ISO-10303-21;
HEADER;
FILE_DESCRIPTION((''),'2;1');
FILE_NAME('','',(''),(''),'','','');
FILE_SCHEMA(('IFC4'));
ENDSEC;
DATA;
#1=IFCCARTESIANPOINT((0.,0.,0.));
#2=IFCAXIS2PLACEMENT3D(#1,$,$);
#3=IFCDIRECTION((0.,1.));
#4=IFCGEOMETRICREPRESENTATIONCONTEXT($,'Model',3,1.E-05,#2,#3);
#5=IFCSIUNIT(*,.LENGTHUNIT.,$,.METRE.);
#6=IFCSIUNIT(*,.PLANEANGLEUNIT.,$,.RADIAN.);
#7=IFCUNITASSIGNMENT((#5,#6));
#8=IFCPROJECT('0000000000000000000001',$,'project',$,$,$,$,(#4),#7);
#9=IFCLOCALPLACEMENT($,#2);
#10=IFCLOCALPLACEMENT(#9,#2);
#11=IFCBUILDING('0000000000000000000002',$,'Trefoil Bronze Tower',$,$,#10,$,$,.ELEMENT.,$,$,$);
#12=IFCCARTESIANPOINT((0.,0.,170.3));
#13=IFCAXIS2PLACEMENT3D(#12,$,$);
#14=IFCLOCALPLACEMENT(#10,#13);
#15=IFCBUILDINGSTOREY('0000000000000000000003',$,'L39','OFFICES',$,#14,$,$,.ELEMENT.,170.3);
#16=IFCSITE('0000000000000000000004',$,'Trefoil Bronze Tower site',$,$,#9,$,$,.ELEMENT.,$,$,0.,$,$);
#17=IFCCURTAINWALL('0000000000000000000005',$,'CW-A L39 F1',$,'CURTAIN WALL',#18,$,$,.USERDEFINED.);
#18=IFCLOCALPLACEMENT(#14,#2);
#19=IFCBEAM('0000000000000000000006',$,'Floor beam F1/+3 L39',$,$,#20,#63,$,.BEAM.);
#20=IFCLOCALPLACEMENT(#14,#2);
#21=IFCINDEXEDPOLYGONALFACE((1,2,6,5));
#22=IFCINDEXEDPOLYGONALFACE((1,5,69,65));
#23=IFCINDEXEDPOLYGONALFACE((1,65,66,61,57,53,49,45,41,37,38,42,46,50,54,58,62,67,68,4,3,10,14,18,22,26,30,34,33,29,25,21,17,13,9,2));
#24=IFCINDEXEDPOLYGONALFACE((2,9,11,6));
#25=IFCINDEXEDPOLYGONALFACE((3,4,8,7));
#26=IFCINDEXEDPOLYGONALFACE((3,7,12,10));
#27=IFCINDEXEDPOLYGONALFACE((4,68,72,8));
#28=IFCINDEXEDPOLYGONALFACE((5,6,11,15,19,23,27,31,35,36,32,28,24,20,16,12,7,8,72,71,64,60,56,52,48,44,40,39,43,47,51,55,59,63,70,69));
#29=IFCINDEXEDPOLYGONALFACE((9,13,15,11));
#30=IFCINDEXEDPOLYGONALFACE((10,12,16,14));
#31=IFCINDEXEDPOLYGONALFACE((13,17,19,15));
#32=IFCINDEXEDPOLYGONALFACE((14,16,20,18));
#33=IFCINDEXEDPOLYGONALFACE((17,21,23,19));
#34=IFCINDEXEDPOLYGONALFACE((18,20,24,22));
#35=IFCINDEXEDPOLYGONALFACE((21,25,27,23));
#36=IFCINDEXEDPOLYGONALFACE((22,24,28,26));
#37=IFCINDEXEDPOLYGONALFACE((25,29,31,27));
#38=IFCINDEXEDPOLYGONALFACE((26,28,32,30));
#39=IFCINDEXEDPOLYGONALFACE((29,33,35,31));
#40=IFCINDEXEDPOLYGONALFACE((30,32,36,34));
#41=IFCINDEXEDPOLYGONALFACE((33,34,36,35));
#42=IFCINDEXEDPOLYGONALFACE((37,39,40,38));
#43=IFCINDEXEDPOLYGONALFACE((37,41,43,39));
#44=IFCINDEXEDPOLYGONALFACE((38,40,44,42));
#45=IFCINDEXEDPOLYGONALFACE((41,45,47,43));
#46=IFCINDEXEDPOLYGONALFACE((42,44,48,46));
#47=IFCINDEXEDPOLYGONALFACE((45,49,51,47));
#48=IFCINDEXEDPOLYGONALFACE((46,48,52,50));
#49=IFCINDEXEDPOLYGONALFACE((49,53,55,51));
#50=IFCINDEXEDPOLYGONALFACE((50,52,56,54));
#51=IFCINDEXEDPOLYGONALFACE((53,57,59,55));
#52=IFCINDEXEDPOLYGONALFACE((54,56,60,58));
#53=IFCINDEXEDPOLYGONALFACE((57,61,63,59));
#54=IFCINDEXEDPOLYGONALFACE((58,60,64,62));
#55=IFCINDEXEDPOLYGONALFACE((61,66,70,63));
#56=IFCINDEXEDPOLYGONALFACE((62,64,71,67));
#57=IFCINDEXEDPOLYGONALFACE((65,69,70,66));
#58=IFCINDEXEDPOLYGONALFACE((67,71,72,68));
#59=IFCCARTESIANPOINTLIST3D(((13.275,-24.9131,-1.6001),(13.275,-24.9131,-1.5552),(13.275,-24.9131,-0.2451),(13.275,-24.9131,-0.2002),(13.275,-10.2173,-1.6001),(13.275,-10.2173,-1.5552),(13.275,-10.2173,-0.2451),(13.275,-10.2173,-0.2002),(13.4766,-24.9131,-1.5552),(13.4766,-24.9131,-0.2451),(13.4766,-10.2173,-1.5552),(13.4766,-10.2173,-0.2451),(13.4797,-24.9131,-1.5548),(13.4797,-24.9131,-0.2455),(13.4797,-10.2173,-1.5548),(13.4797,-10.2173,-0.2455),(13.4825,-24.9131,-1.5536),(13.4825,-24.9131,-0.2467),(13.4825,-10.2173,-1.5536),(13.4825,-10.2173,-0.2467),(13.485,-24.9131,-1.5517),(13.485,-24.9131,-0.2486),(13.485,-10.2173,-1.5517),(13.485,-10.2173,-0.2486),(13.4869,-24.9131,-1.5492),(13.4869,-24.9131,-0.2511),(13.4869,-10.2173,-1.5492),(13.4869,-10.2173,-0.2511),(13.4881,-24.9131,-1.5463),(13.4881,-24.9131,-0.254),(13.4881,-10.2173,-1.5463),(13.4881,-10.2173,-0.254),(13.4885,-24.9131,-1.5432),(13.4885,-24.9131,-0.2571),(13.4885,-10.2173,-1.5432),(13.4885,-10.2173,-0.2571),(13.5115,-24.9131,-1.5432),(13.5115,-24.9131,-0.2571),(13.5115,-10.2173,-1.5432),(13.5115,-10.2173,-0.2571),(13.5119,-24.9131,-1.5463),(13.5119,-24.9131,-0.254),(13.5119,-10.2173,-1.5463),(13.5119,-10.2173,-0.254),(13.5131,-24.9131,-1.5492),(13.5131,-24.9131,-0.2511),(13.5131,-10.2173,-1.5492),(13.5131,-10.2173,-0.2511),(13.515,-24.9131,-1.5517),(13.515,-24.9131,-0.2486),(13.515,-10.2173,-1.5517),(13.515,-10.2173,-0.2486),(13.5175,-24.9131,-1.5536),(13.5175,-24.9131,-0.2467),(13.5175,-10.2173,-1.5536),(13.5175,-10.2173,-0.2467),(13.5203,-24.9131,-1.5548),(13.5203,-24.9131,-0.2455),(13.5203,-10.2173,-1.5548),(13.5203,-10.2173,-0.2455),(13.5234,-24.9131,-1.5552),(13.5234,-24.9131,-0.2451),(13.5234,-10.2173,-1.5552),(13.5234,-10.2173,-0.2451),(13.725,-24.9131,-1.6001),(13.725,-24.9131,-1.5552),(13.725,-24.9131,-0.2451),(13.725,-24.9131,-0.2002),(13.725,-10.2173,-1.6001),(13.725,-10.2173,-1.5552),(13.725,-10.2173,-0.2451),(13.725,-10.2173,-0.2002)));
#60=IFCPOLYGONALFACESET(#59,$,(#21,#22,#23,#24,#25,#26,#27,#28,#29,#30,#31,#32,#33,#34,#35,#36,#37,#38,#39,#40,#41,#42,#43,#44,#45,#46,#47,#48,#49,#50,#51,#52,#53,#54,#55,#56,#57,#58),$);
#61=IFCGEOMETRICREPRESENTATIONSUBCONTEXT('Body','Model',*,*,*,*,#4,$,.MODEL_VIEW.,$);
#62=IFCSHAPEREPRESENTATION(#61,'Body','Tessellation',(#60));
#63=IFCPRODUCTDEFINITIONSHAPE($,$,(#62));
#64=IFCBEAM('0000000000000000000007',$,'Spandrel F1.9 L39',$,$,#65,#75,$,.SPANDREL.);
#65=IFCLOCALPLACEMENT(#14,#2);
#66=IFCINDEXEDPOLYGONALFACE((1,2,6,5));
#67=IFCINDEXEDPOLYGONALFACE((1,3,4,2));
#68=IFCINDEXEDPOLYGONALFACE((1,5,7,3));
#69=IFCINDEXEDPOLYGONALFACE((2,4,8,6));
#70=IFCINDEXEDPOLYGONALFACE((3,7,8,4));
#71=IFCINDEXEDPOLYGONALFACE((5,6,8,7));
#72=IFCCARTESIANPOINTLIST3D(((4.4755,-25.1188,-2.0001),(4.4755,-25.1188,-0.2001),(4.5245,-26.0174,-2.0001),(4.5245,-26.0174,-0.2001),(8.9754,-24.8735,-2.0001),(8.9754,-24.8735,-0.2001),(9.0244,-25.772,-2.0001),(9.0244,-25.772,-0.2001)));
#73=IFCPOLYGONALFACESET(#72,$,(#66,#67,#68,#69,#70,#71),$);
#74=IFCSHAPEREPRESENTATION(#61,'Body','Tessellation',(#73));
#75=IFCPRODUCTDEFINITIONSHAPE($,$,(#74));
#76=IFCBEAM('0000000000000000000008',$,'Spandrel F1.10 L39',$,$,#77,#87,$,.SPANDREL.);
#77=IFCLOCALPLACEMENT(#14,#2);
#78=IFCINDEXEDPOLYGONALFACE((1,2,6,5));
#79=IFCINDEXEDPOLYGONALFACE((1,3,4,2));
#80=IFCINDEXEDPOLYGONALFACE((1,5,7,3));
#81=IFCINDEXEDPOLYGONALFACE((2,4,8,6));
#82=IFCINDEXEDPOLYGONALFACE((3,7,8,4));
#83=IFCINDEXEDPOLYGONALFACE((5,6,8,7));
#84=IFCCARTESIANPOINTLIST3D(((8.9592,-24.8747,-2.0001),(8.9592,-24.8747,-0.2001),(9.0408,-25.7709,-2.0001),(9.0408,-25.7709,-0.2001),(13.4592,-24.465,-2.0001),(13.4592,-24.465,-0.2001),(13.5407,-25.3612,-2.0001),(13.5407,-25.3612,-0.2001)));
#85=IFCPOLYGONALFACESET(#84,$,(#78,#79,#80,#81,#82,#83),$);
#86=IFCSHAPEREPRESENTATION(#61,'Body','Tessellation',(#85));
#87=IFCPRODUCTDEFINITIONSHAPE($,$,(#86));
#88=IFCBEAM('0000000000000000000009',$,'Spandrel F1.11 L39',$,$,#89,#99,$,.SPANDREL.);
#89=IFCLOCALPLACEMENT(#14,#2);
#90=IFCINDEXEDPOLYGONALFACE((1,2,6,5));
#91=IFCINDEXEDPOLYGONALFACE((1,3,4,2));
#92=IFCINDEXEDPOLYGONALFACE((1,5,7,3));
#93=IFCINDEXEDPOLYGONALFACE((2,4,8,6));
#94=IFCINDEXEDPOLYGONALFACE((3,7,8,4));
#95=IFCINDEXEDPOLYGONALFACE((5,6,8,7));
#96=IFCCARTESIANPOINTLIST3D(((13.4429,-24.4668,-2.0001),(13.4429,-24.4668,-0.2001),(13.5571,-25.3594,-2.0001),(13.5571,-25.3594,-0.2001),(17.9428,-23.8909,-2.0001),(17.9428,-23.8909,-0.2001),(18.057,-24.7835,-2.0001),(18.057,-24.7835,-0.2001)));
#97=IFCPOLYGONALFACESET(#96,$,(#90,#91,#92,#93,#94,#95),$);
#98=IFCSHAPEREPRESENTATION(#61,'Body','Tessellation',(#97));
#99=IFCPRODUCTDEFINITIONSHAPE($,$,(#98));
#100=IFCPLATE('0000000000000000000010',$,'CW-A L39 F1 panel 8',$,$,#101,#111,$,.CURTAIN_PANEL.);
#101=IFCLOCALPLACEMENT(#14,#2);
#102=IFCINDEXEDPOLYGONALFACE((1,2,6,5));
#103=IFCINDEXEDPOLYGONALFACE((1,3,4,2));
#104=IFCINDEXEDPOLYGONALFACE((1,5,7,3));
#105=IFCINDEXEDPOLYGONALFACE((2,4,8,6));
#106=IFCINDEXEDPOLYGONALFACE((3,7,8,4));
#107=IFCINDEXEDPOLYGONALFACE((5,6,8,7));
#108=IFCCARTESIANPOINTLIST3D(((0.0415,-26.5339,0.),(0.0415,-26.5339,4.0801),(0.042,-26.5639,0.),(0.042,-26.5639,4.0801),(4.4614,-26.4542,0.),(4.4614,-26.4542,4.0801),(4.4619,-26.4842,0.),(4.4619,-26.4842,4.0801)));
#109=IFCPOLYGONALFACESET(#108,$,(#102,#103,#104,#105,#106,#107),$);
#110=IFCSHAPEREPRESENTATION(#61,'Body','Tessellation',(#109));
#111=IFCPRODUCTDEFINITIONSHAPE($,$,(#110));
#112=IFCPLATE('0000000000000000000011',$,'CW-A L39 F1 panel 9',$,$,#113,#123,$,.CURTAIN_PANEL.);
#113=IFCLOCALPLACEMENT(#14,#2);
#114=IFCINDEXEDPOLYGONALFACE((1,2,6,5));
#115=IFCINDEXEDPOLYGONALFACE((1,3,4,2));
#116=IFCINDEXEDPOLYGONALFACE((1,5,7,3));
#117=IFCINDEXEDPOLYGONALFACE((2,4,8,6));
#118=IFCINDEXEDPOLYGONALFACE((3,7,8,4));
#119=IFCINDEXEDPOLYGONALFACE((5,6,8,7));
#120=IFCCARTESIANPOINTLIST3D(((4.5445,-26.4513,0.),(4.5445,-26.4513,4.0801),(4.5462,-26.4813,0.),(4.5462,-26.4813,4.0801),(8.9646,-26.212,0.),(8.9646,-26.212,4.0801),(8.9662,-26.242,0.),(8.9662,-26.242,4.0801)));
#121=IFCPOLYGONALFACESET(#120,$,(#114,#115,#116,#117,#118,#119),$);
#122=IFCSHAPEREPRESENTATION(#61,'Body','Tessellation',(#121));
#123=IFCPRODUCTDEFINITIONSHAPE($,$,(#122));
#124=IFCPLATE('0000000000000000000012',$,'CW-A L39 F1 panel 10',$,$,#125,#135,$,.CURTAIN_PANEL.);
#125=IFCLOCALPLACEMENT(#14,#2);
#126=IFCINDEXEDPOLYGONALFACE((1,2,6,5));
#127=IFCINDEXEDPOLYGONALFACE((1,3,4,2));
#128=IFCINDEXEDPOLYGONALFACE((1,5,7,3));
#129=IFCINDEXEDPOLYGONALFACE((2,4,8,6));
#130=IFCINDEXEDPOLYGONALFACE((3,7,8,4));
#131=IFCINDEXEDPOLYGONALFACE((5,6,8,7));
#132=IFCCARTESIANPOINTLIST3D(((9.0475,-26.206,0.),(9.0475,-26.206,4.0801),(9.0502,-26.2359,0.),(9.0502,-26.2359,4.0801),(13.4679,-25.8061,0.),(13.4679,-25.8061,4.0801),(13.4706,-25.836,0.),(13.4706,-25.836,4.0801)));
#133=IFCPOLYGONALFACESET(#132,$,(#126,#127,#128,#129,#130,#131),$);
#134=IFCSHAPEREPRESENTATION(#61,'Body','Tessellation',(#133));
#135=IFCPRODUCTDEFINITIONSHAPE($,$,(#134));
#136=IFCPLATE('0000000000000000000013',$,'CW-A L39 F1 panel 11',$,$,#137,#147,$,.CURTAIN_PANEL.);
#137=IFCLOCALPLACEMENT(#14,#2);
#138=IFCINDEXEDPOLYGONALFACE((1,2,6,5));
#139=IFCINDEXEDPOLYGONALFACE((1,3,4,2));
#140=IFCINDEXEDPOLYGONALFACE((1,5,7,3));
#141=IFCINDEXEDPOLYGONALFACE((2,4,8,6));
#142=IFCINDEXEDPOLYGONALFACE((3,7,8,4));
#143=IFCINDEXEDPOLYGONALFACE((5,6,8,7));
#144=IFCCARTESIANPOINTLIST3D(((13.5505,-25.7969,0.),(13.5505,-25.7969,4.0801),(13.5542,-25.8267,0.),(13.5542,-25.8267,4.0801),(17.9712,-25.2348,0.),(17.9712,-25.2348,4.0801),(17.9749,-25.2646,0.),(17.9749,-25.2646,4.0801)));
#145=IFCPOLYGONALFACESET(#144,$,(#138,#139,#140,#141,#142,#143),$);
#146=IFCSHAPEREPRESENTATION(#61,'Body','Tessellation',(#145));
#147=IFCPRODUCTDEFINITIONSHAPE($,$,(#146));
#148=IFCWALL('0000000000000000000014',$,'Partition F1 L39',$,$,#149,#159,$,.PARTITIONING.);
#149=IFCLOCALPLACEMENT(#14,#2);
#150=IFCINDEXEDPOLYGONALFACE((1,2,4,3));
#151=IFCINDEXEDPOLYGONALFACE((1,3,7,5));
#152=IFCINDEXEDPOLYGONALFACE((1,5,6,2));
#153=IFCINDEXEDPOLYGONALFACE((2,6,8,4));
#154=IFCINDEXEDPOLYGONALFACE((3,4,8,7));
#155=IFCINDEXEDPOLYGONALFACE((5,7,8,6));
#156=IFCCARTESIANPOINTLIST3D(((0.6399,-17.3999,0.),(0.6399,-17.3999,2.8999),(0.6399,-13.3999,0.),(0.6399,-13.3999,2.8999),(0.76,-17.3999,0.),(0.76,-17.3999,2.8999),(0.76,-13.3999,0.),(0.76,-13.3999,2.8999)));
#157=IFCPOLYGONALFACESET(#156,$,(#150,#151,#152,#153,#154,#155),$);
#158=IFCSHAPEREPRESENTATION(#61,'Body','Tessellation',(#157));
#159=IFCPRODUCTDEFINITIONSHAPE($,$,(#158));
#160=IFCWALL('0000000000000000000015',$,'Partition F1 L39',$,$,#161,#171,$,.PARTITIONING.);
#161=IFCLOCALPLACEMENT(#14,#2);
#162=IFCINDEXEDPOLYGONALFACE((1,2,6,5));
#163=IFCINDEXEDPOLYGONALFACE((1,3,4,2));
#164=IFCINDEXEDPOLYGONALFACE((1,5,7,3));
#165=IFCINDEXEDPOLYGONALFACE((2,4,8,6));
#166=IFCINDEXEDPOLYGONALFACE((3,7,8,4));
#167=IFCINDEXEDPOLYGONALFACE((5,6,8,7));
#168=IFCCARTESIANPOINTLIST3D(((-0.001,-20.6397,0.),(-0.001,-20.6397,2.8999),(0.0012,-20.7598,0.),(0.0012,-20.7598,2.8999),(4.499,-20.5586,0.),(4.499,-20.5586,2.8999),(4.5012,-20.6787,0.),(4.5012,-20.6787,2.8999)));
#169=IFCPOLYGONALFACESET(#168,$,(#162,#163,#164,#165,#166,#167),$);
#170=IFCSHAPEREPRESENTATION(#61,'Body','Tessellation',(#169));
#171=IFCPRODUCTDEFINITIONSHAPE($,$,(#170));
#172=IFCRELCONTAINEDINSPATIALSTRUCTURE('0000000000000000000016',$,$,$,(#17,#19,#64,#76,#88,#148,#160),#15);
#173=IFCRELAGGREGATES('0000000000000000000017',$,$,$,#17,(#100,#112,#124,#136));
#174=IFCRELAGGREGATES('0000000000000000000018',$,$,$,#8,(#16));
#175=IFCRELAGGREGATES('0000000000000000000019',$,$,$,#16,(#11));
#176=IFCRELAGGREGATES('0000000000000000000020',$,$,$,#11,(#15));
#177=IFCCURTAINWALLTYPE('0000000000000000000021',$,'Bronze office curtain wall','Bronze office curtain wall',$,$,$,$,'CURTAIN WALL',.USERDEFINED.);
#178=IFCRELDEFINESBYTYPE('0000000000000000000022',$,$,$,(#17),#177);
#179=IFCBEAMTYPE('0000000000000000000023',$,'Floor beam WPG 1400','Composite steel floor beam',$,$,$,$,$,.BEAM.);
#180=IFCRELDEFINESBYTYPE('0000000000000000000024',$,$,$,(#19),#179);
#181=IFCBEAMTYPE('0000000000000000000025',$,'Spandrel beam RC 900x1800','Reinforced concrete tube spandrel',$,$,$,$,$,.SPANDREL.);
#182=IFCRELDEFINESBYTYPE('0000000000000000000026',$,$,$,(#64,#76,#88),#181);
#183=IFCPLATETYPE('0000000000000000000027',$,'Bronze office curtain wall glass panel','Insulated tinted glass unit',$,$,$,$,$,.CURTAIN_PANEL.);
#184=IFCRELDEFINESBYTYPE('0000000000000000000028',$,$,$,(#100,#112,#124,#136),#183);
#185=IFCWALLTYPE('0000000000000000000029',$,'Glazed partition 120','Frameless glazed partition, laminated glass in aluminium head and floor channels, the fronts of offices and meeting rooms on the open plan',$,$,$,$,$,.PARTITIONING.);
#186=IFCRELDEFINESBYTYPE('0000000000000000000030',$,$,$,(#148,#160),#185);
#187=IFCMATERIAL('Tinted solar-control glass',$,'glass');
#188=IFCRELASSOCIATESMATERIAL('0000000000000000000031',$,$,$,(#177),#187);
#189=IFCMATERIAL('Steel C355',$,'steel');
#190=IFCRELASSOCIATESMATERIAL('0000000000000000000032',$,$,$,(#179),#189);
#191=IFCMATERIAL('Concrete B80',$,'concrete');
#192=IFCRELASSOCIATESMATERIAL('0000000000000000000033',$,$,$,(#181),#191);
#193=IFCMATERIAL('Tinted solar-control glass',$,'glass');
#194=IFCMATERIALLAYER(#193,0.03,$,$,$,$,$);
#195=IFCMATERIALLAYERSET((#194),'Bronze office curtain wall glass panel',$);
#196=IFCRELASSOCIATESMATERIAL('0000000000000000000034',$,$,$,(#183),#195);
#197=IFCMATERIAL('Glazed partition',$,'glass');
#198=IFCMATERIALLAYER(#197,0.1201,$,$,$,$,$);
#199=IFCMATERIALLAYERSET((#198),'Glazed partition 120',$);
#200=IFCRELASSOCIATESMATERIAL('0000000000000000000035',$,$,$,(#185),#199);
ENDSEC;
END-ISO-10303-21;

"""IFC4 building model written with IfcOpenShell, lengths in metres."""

from ifc_helpers import new_model, si_unit, direction, frame, frame_2d, origin, origin_2d, place, context, subcontext, project, spatial, rectangle, i_section, extrude, material, layer, layer_set, material_profile, profile_set, type_object, element, aggregate, save


model = new_model("IFC4")

# Units and contexts
model_context = context("Model", 3, precision=1e-05, world=origin(), true_north=direction((0.0, 1.0)))
body_context = subcontext(model_context, "Body", "Model", "MODEL_VIEW")
ifc_project = project(units=[si_unit("LENGTHUNIT", "METRE"), si_unit("PLANEANGLEUNIT", "RADIAN")], contexts=[model_context])

# Site, building, storey
site_placement = place(None, origin())
site = spatial("IfcSite", under=ifc_project, at=site_placement, Name="Trefoil Bronze Tower site", CompositionType="ELEMENT", RefElevation=0.0)
building_placement = place(site_placement, origin())
building = spatial("IfcBuilding", under=site, at=building_placement, Name="Trefoil Bronze Tower", CompositionType="ELEMENT")
storey_placement = place(building_placement, frame((0.0, 0.0, 170.3)))
storey = spatial("IfcBuildingStorey", under=building, at=storey_placement, Name="L39", Description="OFFICES", CompositionType="ELEMENT", Elevation=170.3)

# Curtain wall
ifc_material_1 = material(Name="Tinted solar-control glass", Category="glass")
curtain_wall_type = type_object("IfcCurtainWallType", Name="Bronze office curtain wall", Description="Bronze office curtain wall", ElementType="CURTAIN WALL", PredefinedType="USERDEFINED", material=ifc_material_1)
curtain_wall_placement = place(storey_placement, origin())
curtain_wall = element("IfcCurtainWall", 1, at=curtain_wall_placement, inside=storey, type_object=curtain_wall_type, Name="CW-A L39 F1", ObjectType="CURTAIN WALL", PredefinedType="USERDEFINED")

# Beams
ifc_material_2 = material(Name="Steel C355", Category="steel")
ifc_material_profile_1 = material_profile(ifc_material_2, i_section(OverallWidth=0.45, OverallDepth=1.3999, WebThickness=0.0229, FlangeThickness=0.0449, FilletRadius=0.012, at=origin_2d()), Name="WPG 1400")
ifc_profile_set_1 = profile_set([ifc_material_profile_1], Name="Steel C355")
beam_type_1 = type_object("IfcBeamType", Name="Floor beam WPG 1400", Description="Composite steel floor beam", PredefinedType="BEAM", material=ifc_profile_set_1)
beam_1_placement = place(storey_placement, frame((13.5, -24.9131, -0.9001), z_axis=(0.0, 1.0, 0.0), x_axis=(-1.0, 0.0, 0.0)))
element("IfcBeam", 2, at=beam_1_placement, inside=storey, type_object=beam_type_1, Name="Floor beam F1/+3 L39", PredefinedType="BEAM", context=body_context, shape_type="SweptSolid", body=[
    extrude(i_section(OverallWidth=0.45, OverallDepth=1.3999, WebThickness=0.0229, FlangeThickness=0.0449, FilletRadius=0.012, at=origin_2d()), origin(), (0.0, 0.0, 1.0), 14.6958),
])
ifc_material_3 = material(Name="Concrete B80", Category="concrete")
ifc_material_profile_2 = material_profile(ifc_material_3, rectangle(XDim=0.8999, YDim=1.8, at=origin_2d()), Name="RC 900x1800")
ifc_profile_set_2 = profile_set([ifc_material_profile_2], Name="Concrete B80")
beam_type_2 = type_object("IfcBeamType", Name="Spandrel beam RC 900x1800", Description="Reinforced concrete tube spandrel", PredefinedType="SPANDREL", material=ifc_profile_set_2)
beam_2_placement = place(storey_placement, frame((4.5, -25.5681, -1.1001), z_axis=(0.998517, 0.054444, 0.0), x_axis=(-0.054444, 0.998517, 0.0)))
element("IfcBeam", 3, at=beam_2_placement, inside=storey, type_object=beam_type_2, Name="Spandrel F1.9 L39", PredefinedType="SPANDREL", context=body_context, shape_type="SweptSolid", body=[
    extrude(rectangle(XDim=0.8999, YDim=1.8, at=origin_2d()), origin(), (0.0, 0.0, 1.0), 4.5066),
])
beam_3_placement = place(storey_placement, frame((9.0, -25.3228, -1.1001), z_axis=(0.995882, 0.090662, 0.0), x_axis=(-0.090662, 0.995882, 0.0)))
element("IfcBeam", 4, at=beam_3_placement, inside=storey, type_object=beam_type_2, Name="Spandrel F1.10 L39", PredefinedType="SPANDREL", context=body_context, shape_type="SweptSolid", body=[
    extrude(rectangle(XDim=0.8999, YDim=1.8, at=origin_2d()), origin(), (0.0, 0.0, 1.0), 4.5186),
])
beam_4_placement = place(storey_placement, frame((13.5, -24.9131, -1.1001), z_axis=(0.991909, 0.126948, 0.0), x_axis=(-0.126948, 0.991909, 0.0)))
element("IfcBeam", 5, at=beam_4_placement, inside=storey, type_object=beam_type_2, Name="Spandrel F1.11 L39", PredefinedType="SPANDREL", context=body_context, shape_type="SweptSolid", body=[
    extrude(rectangle(XDim=0.8999, YDim=1.8, at=origin_2d()), origin(), (0.0, 0.0, 1.0), 4.5366),
])

# Plates
ifc_material_4 = material(Name="Tinted solar-control glass", Category="glass")
ifc_layer_1 = layer(ifc_material_4, 0.03)
ifc_layer_set_1 = layer_set([ifc_layer_1], Name="Bronze office curtain wall glass panel")
plate_type = type_object("IfcPlateType", Name="Bronze office curtain wall glass panel", Description="Insulated tinted glass unit", PredefinedType="CURTAIN_PANEL", material=ifc_layer_set_1)
plate_1_placement = place(storey_placement, frame((2.2517, -26.509, 0.0), z_axis=(0.0, 0.0, 1.0), x_axis=(0.999838, 0.018021, 0.0)))
plate_1 = element("IfcPlate", 6, at=plate_1_placement, type_object=plate_type, Name="CW-A L39 F1 panel 8", PredefinedType="CURTAIN_PANEL", context=body_context, shape_type="SweptSolid", body=[
    extrude(rectangle(XDim=4.4207, YDim=0.03, at=origin_2d()), origin(), (0.0, 0.0, 1.0), 4.0801),
])
plate_2_placement = place(storey_placement, frame((6.7554, -26.3467, 0.0), z_axis=(0.0, 0.0, 1.0), x_axis=(0.998538, 0.054063, 0.0)))
plate_2 = element("IfcPlate", 7, at=plate_2_placement, type_object=plate_type, Name="CW-A L39 F1 panel 9", PredefinedType="CURTAIN_PANEL", context=body_context, shape_type="SweptSolid", body=[
    extrude(rectangle(XDim=4.4265, YDim=0.03, at=origin_2d()), origin(), (0.0, 0.0, 1.0), 4.0801),
])
plate_3_placement = place(storey_placement, frame((11.259, -26.021, 0.0), z_axis=(0.0, 0.0, 1.0), x_axis=(0.995932, 0.090105, 0.0)))
plate_3 = element("IfcPlate", 8, at=plate_3_placement, type_object=plate_type, Name="CW-A L39 F1 panel 10", PredefinedType="CURTAIN_PANEL", context=body_context, shape_type="SweptSolid", body=[
    extrude(rectangle(XDim=4.4385, YDim=0.03, at=origin_2d()), origin(), (0.0, 0.0, 1.0), 4.0801),
])
plate_4_placement = place(storey_placement, frame((15.7627, -25.5308, 0.0), z_axis=(0.0, 0.0, 1.0), x_axis=(0.992012, 0.126147, 0.0)))
plate_4 = element("IfcPlate", 9, at=plate_4_placement, type_object=plate_type, Name="CW-A L39 F1 panel 11", PredefinedType="CURTAIN_PANEL", context=body_context, shape_type="SweptSolid", body=[
    extrude(rectangle(XDim=4.4563, YDim=0.03, at=origin_2d()), origin(), (0.0, 0.0, 1.0), 4.0801),
])
aggregate(curtain_wall, [plate_1, plate_2, plate_3, plate_4])

# Walls
ifc_material_5 = material(Name="Glazed partition", Category="glass")
ifc_layer_2 = layer(ifc_material_5, 0.1201)
ifc_layer_set_2 = layer_set([ifc_layer_2], Name="Glazed partition 120")
wall_type = type_object("IfcWallType", Name="Glazed partition 120", Description="Frameless glazed partition, laminated glass in aluminium head and floor channels, the fronts of offices and meeting rooms on the open plan", PredefinedType="PARTITIONING", material=ifc_layer_set_2)
wall_1_placement = place(storey_placement, frame((0.7, -13.3999, 0.0), z_axis=(0.0, 0.0, 1.0), x_axis=(0.0, -1.0, 0.0)))
element("IfcWall", 10, at=wall_1_placement, inside=storey, type_object=wall_type, Name="Partition F1 L39", PredefinedType="PARTITIONING", context=body_context, shape_type="SweptSolid", body=[
    extrude(rectangle(XDim=4.0, YDim=0.1201, at=frame_2d((2.0, 0.0))), origin(), (0.0, 0.0, 1.0), 2.8999),
])
wall_2_placement = place(storey_placement, frame((0.0, -20.6997, 0.0), z_axis=(0.0, 0.0, 1.0), x_axis=(0.999838, 0.018009, 0.0)))
element("IfcWall", 11, at=wall_2_placement, inside=storey, type_object=wall_type, Name="Partition F1 L39", PredefinedType="PARTITIONING", context=body_context, shape_type="SweptSolid", body=[
    extrude(rectangle(XDim=4.5007, YDim=0.1201, at=frame_2d((2.2505, 0.0))), origin(), (0.0, 0.0, 1.0), 2.8999),
])

save(model, "model.ifc")
